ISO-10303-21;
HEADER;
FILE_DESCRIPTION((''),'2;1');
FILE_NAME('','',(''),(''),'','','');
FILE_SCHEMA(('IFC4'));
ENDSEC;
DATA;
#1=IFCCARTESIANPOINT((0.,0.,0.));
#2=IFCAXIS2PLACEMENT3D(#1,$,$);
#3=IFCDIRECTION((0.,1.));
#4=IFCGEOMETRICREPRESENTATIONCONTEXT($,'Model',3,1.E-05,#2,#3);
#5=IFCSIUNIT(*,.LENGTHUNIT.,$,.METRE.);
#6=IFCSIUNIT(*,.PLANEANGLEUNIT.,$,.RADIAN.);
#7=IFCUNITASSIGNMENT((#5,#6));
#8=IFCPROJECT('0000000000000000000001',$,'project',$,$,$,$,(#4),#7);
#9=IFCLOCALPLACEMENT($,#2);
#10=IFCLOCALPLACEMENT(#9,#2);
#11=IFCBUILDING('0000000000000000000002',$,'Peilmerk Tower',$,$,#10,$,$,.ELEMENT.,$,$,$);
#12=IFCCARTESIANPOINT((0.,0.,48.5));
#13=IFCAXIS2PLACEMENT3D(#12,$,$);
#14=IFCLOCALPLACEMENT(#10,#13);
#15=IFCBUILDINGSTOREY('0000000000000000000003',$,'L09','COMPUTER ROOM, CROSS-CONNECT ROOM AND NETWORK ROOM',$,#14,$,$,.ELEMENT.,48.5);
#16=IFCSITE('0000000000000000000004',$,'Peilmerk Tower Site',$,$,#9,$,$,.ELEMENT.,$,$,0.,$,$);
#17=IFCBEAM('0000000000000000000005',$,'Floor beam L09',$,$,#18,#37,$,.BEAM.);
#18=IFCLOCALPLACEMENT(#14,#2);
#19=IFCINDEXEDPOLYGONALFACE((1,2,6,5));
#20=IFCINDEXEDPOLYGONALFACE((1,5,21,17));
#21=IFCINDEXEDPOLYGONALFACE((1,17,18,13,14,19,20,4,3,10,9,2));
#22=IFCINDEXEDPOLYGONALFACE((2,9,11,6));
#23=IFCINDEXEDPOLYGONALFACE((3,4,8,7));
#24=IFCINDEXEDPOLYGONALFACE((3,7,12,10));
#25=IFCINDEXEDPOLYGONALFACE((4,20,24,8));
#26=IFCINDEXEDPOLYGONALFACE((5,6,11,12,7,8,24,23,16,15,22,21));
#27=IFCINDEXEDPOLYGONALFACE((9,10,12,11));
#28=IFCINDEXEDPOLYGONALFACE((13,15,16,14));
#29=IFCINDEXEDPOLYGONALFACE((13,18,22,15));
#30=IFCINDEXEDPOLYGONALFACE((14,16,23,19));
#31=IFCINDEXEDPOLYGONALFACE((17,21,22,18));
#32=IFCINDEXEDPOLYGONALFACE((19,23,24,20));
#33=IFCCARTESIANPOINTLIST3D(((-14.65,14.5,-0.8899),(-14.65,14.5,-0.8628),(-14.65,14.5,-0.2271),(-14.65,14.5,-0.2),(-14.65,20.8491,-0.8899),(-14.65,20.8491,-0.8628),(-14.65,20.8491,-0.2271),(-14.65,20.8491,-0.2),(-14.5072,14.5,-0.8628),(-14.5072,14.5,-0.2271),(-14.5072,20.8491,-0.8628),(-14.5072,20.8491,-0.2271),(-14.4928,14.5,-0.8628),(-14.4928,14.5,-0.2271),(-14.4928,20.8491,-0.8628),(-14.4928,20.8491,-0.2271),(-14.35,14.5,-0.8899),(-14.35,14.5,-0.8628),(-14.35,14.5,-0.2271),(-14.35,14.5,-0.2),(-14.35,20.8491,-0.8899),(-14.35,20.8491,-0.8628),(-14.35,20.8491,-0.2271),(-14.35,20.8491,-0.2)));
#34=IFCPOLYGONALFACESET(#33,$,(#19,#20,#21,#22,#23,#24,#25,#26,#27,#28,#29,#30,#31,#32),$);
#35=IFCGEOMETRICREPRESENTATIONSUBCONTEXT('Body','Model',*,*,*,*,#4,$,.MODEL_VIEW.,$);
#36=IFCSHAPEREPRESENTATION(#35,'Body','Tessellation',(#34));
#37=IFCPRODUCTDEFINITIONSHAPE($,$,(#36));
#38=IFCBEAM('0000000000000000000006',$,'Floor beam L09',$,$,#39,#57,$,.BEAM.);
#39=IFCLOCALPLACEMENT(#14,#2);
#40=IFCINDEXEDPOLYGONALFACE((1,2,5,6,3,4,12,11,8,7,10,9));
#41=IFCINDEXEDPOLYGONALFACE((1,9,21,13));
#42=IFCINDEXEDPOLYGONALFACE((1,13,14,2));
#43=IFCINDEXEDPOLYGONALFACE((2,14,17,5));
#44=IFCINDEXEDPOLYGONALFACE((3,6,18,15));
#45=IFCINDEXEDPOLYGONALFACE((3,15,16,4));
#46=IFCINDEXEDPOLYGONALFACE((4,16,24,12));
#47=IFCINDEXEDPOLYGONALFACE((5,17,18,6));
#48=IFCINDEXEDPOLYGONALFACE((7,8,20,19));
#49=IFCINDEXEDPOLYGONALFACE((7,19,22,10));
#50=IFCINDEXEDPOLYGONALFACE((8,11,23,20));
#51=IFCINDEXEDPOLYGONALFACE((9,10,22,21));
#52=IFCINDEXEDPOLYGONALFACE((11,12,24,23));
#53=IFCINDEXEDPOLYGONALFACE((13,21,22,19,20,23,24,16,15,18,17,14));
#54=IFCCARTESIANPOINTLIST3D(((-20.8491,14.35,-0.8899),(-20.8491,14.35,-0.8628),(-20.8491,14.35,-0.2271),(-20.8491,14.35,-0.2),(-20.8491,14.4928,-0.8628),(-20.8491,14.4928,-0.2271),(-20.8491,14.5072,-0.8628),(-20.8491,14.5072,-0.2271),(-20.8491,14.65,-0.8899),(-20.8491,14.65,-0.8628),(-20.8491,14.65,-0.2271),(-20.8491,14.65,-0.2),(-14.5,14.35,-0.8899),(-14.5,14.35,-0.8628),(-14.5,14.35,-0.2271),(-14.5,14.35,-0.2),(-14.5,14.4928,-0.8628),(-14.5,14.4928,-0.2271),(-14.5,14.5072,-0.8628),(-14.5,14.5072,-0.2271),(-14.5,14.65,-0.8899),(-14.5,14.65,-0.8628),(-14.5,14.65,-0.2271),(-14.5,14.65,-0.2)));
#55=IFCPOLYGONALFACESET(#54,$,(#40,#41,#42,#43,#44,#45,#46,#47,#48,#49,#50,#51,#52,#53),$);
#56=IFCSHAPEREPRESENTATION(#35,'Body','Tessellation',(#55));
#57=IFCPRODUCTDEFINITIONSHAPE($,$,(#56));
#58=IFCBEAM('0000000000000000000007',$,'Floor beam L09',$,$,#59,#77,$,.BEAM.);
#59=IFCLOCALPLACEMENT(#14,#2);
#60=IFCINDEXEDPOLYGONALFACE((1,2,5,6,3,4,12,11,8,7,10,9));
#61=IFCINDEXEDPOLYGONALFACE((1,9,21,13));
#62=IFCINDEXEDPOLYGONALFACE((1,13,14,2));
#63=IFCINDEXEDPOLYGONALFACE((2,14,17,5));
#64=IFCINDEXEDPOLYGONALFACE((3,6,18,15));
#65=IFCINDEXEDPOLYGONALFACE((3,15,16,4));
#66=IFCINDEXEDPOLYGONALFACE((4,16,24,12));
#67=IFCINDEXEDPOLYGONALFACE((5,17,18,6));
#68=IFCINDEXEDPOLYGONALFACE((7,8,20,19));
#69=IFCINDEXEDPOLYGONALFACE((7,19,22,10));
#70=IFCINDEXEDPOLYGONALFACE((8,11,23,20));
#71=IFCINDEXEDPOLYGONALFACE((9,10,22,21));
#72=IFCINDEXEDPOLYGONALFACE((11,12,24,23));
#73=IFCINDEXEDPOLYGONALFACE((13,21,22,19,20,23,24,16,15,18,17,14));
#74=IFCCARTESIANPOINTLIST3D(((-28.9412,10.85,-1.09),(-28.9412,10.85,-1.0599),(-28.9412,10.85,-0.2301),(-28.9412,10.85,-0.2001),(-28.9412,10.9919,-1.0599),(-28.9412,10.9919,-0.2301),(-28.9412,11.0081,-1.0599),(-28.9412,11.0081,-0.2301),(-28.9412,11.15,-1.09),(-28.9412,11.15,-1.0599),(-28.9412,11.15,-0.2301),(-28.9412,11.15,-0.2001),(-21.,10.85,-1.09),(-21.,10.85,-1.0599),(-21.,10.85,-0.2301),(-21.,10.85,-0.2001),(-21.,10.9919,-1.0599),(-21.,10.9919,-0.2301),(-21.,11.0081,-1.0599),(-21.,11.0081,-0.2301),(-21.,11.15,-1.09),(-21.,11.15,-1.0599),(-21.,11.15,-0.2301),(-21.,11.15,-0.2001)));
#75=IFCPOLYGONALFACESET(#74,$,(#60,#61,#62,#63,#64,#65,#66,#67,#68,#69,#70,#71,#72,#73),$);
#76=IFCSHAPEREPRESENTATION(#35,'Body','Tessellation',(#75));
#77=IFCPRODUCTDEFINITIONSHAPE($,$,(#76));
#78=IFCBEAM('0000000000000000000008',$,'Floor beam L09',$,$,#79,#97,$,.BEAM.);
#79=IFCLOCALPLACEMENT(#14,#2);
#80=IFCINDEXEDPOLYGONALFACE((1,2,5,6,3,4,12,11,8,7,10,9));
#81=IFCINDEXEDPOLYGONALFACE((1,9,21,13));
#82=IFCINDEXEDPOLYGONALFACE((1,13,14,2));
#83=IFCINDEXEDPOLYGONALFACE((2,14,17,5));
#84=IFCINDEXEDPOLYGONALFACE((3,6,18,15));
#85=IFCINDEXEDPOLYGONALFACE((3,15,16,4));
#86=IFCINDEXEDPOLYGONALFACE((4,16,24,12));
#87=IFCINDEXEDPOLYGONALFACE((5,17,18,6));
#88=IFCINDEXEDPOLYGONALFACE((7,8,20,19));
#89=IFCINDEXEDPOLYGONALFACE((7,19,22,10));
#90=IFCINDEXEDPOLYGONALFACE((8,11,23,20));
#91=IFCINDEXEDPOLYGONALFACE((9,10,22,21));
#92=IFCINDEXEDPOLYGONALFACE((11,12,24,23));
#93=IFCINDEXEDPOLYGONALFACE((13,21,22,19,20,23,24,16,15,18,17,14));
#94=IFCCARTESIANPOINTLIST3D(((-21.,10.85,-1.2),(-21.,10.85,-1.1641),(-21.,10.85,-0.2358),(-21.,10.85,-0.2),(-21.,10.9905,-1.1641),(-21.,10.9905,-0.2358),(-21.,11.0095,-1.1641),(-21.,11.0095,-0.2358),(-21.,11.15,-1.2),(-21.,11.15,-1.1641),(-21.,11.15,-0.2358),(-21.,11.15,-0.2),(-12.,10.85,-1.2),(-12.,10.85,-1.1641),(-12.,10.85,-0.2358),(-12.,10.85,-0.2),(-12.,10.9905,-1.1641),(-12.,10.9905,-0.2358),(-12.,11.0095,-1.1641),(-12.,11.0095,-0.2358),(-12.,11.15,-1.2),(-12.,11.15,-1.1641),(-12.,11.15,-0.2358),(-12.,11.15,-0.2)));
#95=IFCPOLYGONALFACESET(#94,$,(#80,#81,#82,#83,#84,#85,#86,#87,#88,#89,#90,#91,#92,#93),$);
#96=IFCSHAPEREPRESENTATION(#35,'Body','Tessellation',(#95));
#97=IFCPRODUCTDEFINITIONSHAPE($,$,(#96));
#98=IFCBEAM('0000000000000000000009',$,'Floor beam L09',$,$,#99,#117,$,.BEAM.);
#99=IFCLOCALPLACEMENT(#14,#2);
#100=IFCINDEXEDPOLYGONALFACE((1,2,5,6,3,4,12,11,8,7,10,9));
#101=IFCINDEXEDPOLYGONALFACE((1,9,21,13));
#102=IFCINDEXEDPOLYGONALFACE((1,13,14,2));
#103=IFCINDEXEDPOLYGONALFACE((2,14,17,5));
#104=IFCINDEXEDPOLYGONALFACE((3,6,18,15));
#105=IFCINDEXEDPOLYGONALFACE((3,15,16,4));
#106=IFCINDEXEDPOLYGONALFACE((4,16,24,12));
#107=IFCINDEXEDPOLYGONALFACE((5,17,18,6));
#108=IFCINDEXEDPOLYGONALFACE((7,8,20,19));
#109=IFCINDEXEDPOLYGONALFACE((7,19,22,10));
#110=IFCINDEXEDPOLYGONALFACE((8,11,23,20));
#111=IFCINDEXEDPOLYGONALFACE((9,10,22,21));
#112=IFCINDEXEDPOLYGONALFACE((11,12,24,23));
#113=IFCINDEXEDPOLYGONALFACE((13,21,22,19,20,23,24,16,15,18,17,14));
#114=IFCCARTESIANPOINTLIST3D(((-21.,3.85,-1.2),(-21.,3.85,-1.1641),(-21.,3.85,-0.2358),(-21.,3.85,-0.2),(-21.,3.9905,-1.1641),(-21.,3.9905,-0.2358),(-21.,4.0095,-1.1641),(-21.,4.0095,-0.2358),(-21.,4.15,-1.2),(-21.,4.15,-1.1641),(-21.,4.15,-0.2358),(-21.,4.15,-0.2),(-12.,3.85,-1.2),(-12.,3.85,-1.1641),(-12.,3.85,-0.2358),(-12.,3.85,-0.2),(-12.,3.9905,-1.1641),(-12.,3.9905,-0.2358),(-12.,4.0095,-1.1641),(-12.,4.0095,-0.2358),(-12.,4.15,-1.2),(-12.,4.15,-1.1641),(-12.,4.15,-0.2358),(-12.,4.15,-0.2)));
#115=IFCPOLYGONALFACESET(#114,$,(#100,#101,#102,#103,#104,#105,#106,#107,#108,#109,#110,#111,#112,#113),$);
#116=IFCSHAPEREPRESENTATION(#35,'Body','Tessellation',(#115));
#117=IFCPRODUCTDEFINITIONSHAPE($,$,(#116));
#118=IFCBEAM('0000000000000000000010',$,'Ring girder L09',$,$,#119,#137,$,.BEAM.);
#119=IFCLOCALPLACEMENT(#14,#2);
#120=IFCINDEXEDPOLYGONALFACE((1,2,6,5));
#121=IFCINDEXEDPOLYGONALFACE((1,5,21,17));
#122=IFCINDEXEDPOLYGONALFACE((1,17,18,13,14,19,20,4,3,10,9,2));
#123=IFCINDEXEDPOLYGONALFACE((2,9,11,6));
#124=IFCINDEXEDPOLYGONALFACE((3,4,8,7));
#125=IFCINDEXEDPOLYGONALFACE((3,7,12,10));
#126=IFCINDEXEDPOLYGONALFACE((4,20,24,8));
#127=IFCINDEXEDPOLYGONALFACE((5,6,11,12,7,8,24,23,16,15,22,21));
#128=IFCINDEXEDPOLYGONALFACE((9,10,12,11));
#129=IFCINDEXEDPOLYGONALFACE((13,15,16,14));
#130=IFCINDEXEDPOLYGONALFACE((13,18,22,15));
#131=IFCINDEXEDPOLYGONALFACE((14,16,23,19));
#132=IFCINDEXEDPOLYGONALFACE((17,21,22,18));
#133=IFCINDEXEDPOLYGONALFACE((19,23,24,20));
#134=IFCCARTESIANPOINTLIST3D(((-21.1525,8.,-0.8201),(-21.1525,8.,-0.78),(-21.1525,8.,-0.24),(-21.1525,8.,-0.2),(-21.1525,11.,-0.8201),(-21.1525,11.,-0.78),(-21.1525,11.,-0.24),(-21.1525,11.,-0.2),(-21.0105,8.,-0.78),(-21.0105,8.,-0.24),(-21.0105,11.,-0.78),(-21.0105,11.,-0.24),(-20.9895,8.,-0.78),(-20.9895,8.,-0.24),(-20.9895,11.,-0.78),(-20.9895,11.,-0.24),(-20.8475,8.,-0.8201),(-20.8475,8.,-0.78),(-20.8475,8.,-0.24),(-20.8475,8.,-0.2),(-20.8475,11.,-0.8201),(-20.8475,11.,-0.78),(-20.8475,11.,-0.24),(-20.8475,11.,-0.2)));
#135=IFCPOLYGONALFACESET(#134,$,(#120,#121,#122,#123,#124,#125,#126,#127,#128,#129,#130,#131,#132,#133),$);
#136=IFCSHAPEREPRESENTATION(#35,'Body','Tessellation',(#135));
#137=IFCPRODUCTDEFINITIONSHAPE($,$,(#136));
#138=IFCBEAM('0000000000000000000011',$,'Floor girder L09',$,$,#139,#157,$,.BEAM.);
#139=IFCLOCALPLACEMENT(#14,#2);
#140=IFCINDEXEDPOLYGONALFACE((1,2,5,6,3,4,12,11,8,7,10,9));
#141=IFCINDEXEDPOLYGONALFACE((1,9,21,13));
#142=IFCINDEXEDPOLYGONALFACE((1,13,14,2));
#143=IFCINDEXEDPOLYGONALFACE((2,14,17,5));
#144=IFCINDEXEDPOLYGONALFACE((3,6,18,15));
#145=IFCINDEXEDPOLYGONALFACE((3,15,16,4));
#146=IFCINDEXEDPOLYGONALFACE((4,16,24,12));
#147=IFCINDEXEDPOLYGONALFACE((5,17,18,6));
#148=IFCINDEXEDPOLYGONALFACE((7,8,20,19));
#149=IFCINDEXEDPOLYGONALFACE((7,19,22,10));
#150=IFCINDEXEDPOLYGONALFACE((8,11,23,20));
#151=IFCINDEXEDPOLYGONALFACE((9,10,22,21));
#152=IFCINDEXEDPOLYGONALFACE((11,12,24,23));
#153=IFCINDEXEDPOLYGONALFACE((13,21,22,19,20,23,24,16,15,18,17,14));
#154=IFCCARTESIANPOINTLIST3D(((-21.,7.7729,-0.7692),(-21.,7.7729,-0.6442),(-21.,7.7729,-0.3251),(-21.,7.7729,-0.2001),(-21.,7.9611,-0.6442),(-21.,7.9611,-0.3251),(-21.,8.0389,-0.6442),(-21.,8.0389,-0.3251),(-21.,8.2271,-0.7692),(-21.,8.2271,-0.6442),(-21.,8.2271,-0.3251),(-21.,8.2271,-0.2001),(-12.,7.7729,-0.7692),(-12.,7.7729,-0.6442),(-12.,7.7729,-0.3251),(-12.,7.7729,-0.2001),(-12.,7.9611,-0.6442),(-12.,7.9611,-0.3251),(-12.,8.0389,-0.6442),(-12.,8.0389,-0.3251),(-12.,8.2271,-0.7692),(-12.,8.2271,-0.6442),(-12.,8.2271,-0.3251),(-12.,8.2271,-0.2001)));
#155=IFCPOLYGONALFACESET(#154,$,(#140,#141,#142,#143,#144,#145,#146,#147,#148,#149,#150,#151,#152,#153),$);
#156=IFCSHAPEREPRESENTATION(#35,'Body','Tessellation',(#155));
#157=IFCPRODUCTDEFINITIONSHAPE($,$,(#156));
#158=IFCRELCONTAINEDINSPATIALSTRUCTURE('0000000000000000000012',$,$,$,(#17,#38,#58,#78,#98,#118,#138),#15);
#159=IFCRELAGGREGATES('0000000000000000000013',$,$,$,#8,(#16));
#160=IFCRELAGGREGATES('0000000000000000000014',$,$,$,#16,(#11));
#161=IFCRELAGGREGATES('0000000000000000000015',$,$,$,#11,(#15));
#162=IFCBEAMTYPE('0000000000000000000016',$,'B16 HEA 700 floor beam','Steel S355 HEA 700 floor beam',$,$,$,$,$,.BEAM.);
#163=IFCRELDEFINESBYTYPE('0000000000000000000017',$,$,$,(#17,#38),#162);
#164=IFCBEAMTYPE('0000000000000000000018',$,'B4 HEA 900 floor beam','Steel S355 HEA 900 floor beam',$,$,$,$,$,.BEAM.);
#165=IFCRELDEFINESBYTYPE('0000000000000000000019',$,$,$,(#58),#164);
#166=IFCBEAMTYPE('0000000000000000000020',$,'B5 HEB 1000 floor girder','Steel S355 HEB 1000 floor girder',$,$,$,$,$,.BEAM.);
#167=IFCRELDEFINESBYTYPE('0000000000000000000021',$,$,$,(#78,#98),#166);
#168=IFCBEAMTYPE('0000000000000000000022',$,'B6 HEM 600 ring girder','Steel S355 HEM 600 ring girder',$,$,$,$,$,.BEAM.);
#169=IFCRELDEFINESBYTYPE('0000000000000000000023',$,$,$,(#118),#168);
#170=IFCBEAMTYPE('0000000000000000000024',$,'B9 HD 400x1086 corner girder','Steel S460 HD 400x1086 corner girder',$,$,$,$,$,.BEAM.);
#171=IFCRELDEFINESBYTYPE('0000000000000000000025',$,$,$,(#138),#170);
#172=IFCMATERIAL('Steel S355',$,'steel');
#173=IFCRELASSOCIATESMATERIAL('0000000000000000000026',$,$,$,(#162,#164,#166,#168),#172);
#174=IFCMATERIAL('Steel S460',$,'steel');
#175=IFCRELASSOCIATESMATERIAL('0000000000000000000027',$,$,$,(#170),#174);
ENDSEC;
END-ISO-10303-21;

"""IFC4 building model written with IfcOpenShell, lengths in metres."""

from ifc_helpers import new_model, si_unit, direction, frame, origin, origin_2d, place, context, subcontext, project, spatial, i_section, extrude, material, material_profile, profile_set, type_object, element, save


model = new_model("IFC4")

# Units and contexts
model_context = context("Model", 3, precision=1e-05, world=origin(), true_north=direction((0.0, 1.0)))
body_context = subcontext(model_context, "Body", "Model", "MODEL_VIEW")
ifc_project = project(units=[si_unit("LENGTHUNIT", "METRE"), si_unit("PLANEANGLEUNIT", "RADIAN")], contexts=[model_context])

# Site, building, storey
site_placement = place(None, origin())
site = spatial("IfcSite", under=ifc_project, at=site_placement, Name="Peilmerk Tower Site", CompositionType="ELEMENT", RefElevation=0.0)
building_placement = place(site_placement, origin())
building = spatial("IfcBuilding", under=site, at=building_placement, Name="Peilmerk Tower", CompositionType="ELEMENT")
storey_placement = place(building_placement, frame((0.0, 0.0, 48.5)))
storey = spatial("IfcBuildingStorey", under=building, at=storey_placement, Name="L09", Description="COMPUTER ROOM, CROSS-CONNECT ROOM AND NETWORK ROOM", CompositionType="ELEMENT", Elevation=48.5)

# Beams
ifc_material_1 = material(Name="Steel S355", Category="steel")
ifc_material_profile_1 = material_profile(ifc_material_1, i_section(OverallWidth=0.3, OverallDepth=0.6899, WebThickness=0.0144, FlangeThickness=0.0271, at=origin_2d()), Name="HEA 700")
ifc_profile_set_1 = profile_set([ifc_material_profile_1], Name="Steel S355")
beam_type_1 = type_object("IfcBeamType", Name="B16 HEA 700 floor beam", Description="Steel S355 HEA 700 floor beam", PredefinedType="BEAM", material=ifc_profile_set_1)
for number, where, z_axis, x_axis, name in (
    (1, (-14.5, 14.5, -0.5449), (0.0, 1.0, 0.0), (-1.0, 0.0, 0.0), "Floor beam L09"),
    (2, (-14.5, 14.5, -0.5449), (-1.0, 0.0, 0.0), (0.0, -1.0, 0.0), "Floor beam L09"),
):
    element("IfcBeam", number, at=place(storey_placement, frame(where, z_axis=z_axis, x_axis=x_axis)), inside=storey, type_object=beam_type_1, Name=name, PredefinedType="BEAM", context=body_context, shape_type="SweptSolid", body=[
        extrude(i_section(OverallWidth=0.3, OverallDepth=0.6899, WebThickness=0.0144, FlangeThickness=0.0271, at=origin_2d()), origin(), (0.0, 0.0, 1.0), 6.3491),
    ])
ifc_material_profile_2 = material_profile(ifc_material_1, i_section(OverallWidth=0.3, OverallDepth=0.8899, WebThickness=0.0161, FlangeThickness=0.03, at=origin_2d()), Name="HEA 900")
ifc_profile_set_2 = profile_set([ifc_material_profile_2], Name="Steel S355")
beam_type_2 = type_object("IfcBeamType", Name="B4 HEA 900 floor beam", Description="Steel S355 HEA 900 floor beam", PredefinedType="BEAM", material=ifc_profile_set_2)
beam_1_placement = place(storey_placement, frame((-21.0, 11.0, -0.645), z_axis=(-1.0, 0.0, 0.0), x_axis=(0.0, -1.0, 0.0)))
element("IfcBeam", 3, at=beam_1_placement, inside=storey, type_object=beam_type_2, Name="Floor beam L09", PredefinedType="BEAM", context=body_context, shape_type="SweptSolid", body=[
    extrude(i_section(OverallWidth=0.3, OverallDepth=0.8899, WebThickness=0.0161, FlangeThickness=0.03, at=origin_2d()), origin(), (0.0, 0.0, 1.0), 7.9412),
])
ifc_material_profile_3 = material_profile(ifc_material_1, i_section(OverallWidth=0.3, OverallDepth=1.0, WebThickness=0.019, FlangeThickness=0.0359, at=origin_2d()), Name="HEB 1000")
ifc_profile_set_3 = profile_set([ifc_material_profile_3], Name="Steel S355")
beam_type_3 = type_object("IfcBeamType", Name="B5 HEB 1000 floor girder", Description="Steel S355 HEB 1000 floor girder", PredefinedType="BEAM", material=ifc_profile_set_3)
for number, where, z_axis, x_axis, name in (
    (4, (-12.0, 11.0, -0.7), (-1.0, 0.0, 0.0), (0.0, -1.0, 0.0), "Floor beam L09"),
    (5, (-12.0, 4.0, -0.7), (-1.0, 0.0, 0.0), (0.0, -1.0, 0.0), "Floor beam L09"),
):
    element("IfcBeam", number, at=place(storey_placement, frame(where, z_axis=z_axis, x_axis=x_axis)), inside=storey, type_object=beam_type_3, Name=name, PredefinedType="BEAM", context=body_context, shape_type="SweptSolid", body=[
        extrude(i_section(OverallWidth=0.3, OverallDepth=1.0, WebThickness=0.019, FlangeThickness=0.0359, at=origin_2d()), origin(), (0.0, 0.0, 1.0), 9.0),
    ])
ifc_material_profile_4 = material_profile(ifc_material_1, i_section(OverallWidth=0.3049, OverallDepth=0.6201, WebThickness=0.021, FlangeThickness=0.04, at=origin_2d()), Name="HEM 600")
ifc_profile_set_4 = profile_set([ifc_material_profile_4], Name="Steel S355")
beam_type_4 = type_object("IfcBeamType", Name="B6 HEM 600 ring girder", Description="Steel S355 HEM 600 ring girder", PredefinedType="BEAM", material=ifc_profile_set_4)
beam_2_placement = place(storey_placement, frame((-21.0, 11.0, -0.51), z_axis=(0.0, -1.0, 0.0), x_axis=(1.0, 0.0, 0.0)))
element("IfcBeam", 6, at=beam_2_placement, inside=storey, type_object=beam_type_4, Name="Ring girder L09", PredefinedType="BEAM", context=body_context, shape_type="SweptSolid", body=[
    extrude(i_section(OverallWidth=0.3049, OverallDepth=0.6201, WebThickness=0.021, FlangeThickness=0.04, at=origin_2d()), origin(), (0.0, 0.0, 1.0), 3.0),
])
ifc_material_2 = material(Name="Steel S460", Category="steel")
ifc_material_profile_5 = material_profile(ifc_material_2, i_section(OverallWidth=0.4541, OverallDepth=0.5691, WebThickness=0.0779, FlangeThickness=0.125, at=origin_2d()), Name="HD 400x1086")
ifc_profile_set_5 = profile_set([ifc_material_profile_5], Name="Steel S460")
beam_type_5 = type_object("IfcBeamType", Name="B9 HD 400x1086 corner girder", Description="Steel S460 HD 400x1086 corner girder", PredefinedType="BEAM", material=ifc_profile_set_5)
beam_3_placement = place(storey_placement, frame((-12.0, 8.0, -0.4846), z_axis=(-1.0, 0.0, 0.0), x_axis=(0.0, -1.0, 0.0)))
element("IfcBeam", 7, at=beam_3_placement, inside=storey, type_object=beam_type_5, Name="Floor girder L09", PredefinedType="BEAM", context=body_context, shape_type="SweptSolid", body=[
    extrude(i_section(OverallWidth=0.4541, OverallDepth=0.5691, WebThickness=0.0779, FlangeThickness=0.125, at=origin_2d()), origin(), (0.0, 0.0, 1.0), 9.0),
])

save(model, "model.ifc")
